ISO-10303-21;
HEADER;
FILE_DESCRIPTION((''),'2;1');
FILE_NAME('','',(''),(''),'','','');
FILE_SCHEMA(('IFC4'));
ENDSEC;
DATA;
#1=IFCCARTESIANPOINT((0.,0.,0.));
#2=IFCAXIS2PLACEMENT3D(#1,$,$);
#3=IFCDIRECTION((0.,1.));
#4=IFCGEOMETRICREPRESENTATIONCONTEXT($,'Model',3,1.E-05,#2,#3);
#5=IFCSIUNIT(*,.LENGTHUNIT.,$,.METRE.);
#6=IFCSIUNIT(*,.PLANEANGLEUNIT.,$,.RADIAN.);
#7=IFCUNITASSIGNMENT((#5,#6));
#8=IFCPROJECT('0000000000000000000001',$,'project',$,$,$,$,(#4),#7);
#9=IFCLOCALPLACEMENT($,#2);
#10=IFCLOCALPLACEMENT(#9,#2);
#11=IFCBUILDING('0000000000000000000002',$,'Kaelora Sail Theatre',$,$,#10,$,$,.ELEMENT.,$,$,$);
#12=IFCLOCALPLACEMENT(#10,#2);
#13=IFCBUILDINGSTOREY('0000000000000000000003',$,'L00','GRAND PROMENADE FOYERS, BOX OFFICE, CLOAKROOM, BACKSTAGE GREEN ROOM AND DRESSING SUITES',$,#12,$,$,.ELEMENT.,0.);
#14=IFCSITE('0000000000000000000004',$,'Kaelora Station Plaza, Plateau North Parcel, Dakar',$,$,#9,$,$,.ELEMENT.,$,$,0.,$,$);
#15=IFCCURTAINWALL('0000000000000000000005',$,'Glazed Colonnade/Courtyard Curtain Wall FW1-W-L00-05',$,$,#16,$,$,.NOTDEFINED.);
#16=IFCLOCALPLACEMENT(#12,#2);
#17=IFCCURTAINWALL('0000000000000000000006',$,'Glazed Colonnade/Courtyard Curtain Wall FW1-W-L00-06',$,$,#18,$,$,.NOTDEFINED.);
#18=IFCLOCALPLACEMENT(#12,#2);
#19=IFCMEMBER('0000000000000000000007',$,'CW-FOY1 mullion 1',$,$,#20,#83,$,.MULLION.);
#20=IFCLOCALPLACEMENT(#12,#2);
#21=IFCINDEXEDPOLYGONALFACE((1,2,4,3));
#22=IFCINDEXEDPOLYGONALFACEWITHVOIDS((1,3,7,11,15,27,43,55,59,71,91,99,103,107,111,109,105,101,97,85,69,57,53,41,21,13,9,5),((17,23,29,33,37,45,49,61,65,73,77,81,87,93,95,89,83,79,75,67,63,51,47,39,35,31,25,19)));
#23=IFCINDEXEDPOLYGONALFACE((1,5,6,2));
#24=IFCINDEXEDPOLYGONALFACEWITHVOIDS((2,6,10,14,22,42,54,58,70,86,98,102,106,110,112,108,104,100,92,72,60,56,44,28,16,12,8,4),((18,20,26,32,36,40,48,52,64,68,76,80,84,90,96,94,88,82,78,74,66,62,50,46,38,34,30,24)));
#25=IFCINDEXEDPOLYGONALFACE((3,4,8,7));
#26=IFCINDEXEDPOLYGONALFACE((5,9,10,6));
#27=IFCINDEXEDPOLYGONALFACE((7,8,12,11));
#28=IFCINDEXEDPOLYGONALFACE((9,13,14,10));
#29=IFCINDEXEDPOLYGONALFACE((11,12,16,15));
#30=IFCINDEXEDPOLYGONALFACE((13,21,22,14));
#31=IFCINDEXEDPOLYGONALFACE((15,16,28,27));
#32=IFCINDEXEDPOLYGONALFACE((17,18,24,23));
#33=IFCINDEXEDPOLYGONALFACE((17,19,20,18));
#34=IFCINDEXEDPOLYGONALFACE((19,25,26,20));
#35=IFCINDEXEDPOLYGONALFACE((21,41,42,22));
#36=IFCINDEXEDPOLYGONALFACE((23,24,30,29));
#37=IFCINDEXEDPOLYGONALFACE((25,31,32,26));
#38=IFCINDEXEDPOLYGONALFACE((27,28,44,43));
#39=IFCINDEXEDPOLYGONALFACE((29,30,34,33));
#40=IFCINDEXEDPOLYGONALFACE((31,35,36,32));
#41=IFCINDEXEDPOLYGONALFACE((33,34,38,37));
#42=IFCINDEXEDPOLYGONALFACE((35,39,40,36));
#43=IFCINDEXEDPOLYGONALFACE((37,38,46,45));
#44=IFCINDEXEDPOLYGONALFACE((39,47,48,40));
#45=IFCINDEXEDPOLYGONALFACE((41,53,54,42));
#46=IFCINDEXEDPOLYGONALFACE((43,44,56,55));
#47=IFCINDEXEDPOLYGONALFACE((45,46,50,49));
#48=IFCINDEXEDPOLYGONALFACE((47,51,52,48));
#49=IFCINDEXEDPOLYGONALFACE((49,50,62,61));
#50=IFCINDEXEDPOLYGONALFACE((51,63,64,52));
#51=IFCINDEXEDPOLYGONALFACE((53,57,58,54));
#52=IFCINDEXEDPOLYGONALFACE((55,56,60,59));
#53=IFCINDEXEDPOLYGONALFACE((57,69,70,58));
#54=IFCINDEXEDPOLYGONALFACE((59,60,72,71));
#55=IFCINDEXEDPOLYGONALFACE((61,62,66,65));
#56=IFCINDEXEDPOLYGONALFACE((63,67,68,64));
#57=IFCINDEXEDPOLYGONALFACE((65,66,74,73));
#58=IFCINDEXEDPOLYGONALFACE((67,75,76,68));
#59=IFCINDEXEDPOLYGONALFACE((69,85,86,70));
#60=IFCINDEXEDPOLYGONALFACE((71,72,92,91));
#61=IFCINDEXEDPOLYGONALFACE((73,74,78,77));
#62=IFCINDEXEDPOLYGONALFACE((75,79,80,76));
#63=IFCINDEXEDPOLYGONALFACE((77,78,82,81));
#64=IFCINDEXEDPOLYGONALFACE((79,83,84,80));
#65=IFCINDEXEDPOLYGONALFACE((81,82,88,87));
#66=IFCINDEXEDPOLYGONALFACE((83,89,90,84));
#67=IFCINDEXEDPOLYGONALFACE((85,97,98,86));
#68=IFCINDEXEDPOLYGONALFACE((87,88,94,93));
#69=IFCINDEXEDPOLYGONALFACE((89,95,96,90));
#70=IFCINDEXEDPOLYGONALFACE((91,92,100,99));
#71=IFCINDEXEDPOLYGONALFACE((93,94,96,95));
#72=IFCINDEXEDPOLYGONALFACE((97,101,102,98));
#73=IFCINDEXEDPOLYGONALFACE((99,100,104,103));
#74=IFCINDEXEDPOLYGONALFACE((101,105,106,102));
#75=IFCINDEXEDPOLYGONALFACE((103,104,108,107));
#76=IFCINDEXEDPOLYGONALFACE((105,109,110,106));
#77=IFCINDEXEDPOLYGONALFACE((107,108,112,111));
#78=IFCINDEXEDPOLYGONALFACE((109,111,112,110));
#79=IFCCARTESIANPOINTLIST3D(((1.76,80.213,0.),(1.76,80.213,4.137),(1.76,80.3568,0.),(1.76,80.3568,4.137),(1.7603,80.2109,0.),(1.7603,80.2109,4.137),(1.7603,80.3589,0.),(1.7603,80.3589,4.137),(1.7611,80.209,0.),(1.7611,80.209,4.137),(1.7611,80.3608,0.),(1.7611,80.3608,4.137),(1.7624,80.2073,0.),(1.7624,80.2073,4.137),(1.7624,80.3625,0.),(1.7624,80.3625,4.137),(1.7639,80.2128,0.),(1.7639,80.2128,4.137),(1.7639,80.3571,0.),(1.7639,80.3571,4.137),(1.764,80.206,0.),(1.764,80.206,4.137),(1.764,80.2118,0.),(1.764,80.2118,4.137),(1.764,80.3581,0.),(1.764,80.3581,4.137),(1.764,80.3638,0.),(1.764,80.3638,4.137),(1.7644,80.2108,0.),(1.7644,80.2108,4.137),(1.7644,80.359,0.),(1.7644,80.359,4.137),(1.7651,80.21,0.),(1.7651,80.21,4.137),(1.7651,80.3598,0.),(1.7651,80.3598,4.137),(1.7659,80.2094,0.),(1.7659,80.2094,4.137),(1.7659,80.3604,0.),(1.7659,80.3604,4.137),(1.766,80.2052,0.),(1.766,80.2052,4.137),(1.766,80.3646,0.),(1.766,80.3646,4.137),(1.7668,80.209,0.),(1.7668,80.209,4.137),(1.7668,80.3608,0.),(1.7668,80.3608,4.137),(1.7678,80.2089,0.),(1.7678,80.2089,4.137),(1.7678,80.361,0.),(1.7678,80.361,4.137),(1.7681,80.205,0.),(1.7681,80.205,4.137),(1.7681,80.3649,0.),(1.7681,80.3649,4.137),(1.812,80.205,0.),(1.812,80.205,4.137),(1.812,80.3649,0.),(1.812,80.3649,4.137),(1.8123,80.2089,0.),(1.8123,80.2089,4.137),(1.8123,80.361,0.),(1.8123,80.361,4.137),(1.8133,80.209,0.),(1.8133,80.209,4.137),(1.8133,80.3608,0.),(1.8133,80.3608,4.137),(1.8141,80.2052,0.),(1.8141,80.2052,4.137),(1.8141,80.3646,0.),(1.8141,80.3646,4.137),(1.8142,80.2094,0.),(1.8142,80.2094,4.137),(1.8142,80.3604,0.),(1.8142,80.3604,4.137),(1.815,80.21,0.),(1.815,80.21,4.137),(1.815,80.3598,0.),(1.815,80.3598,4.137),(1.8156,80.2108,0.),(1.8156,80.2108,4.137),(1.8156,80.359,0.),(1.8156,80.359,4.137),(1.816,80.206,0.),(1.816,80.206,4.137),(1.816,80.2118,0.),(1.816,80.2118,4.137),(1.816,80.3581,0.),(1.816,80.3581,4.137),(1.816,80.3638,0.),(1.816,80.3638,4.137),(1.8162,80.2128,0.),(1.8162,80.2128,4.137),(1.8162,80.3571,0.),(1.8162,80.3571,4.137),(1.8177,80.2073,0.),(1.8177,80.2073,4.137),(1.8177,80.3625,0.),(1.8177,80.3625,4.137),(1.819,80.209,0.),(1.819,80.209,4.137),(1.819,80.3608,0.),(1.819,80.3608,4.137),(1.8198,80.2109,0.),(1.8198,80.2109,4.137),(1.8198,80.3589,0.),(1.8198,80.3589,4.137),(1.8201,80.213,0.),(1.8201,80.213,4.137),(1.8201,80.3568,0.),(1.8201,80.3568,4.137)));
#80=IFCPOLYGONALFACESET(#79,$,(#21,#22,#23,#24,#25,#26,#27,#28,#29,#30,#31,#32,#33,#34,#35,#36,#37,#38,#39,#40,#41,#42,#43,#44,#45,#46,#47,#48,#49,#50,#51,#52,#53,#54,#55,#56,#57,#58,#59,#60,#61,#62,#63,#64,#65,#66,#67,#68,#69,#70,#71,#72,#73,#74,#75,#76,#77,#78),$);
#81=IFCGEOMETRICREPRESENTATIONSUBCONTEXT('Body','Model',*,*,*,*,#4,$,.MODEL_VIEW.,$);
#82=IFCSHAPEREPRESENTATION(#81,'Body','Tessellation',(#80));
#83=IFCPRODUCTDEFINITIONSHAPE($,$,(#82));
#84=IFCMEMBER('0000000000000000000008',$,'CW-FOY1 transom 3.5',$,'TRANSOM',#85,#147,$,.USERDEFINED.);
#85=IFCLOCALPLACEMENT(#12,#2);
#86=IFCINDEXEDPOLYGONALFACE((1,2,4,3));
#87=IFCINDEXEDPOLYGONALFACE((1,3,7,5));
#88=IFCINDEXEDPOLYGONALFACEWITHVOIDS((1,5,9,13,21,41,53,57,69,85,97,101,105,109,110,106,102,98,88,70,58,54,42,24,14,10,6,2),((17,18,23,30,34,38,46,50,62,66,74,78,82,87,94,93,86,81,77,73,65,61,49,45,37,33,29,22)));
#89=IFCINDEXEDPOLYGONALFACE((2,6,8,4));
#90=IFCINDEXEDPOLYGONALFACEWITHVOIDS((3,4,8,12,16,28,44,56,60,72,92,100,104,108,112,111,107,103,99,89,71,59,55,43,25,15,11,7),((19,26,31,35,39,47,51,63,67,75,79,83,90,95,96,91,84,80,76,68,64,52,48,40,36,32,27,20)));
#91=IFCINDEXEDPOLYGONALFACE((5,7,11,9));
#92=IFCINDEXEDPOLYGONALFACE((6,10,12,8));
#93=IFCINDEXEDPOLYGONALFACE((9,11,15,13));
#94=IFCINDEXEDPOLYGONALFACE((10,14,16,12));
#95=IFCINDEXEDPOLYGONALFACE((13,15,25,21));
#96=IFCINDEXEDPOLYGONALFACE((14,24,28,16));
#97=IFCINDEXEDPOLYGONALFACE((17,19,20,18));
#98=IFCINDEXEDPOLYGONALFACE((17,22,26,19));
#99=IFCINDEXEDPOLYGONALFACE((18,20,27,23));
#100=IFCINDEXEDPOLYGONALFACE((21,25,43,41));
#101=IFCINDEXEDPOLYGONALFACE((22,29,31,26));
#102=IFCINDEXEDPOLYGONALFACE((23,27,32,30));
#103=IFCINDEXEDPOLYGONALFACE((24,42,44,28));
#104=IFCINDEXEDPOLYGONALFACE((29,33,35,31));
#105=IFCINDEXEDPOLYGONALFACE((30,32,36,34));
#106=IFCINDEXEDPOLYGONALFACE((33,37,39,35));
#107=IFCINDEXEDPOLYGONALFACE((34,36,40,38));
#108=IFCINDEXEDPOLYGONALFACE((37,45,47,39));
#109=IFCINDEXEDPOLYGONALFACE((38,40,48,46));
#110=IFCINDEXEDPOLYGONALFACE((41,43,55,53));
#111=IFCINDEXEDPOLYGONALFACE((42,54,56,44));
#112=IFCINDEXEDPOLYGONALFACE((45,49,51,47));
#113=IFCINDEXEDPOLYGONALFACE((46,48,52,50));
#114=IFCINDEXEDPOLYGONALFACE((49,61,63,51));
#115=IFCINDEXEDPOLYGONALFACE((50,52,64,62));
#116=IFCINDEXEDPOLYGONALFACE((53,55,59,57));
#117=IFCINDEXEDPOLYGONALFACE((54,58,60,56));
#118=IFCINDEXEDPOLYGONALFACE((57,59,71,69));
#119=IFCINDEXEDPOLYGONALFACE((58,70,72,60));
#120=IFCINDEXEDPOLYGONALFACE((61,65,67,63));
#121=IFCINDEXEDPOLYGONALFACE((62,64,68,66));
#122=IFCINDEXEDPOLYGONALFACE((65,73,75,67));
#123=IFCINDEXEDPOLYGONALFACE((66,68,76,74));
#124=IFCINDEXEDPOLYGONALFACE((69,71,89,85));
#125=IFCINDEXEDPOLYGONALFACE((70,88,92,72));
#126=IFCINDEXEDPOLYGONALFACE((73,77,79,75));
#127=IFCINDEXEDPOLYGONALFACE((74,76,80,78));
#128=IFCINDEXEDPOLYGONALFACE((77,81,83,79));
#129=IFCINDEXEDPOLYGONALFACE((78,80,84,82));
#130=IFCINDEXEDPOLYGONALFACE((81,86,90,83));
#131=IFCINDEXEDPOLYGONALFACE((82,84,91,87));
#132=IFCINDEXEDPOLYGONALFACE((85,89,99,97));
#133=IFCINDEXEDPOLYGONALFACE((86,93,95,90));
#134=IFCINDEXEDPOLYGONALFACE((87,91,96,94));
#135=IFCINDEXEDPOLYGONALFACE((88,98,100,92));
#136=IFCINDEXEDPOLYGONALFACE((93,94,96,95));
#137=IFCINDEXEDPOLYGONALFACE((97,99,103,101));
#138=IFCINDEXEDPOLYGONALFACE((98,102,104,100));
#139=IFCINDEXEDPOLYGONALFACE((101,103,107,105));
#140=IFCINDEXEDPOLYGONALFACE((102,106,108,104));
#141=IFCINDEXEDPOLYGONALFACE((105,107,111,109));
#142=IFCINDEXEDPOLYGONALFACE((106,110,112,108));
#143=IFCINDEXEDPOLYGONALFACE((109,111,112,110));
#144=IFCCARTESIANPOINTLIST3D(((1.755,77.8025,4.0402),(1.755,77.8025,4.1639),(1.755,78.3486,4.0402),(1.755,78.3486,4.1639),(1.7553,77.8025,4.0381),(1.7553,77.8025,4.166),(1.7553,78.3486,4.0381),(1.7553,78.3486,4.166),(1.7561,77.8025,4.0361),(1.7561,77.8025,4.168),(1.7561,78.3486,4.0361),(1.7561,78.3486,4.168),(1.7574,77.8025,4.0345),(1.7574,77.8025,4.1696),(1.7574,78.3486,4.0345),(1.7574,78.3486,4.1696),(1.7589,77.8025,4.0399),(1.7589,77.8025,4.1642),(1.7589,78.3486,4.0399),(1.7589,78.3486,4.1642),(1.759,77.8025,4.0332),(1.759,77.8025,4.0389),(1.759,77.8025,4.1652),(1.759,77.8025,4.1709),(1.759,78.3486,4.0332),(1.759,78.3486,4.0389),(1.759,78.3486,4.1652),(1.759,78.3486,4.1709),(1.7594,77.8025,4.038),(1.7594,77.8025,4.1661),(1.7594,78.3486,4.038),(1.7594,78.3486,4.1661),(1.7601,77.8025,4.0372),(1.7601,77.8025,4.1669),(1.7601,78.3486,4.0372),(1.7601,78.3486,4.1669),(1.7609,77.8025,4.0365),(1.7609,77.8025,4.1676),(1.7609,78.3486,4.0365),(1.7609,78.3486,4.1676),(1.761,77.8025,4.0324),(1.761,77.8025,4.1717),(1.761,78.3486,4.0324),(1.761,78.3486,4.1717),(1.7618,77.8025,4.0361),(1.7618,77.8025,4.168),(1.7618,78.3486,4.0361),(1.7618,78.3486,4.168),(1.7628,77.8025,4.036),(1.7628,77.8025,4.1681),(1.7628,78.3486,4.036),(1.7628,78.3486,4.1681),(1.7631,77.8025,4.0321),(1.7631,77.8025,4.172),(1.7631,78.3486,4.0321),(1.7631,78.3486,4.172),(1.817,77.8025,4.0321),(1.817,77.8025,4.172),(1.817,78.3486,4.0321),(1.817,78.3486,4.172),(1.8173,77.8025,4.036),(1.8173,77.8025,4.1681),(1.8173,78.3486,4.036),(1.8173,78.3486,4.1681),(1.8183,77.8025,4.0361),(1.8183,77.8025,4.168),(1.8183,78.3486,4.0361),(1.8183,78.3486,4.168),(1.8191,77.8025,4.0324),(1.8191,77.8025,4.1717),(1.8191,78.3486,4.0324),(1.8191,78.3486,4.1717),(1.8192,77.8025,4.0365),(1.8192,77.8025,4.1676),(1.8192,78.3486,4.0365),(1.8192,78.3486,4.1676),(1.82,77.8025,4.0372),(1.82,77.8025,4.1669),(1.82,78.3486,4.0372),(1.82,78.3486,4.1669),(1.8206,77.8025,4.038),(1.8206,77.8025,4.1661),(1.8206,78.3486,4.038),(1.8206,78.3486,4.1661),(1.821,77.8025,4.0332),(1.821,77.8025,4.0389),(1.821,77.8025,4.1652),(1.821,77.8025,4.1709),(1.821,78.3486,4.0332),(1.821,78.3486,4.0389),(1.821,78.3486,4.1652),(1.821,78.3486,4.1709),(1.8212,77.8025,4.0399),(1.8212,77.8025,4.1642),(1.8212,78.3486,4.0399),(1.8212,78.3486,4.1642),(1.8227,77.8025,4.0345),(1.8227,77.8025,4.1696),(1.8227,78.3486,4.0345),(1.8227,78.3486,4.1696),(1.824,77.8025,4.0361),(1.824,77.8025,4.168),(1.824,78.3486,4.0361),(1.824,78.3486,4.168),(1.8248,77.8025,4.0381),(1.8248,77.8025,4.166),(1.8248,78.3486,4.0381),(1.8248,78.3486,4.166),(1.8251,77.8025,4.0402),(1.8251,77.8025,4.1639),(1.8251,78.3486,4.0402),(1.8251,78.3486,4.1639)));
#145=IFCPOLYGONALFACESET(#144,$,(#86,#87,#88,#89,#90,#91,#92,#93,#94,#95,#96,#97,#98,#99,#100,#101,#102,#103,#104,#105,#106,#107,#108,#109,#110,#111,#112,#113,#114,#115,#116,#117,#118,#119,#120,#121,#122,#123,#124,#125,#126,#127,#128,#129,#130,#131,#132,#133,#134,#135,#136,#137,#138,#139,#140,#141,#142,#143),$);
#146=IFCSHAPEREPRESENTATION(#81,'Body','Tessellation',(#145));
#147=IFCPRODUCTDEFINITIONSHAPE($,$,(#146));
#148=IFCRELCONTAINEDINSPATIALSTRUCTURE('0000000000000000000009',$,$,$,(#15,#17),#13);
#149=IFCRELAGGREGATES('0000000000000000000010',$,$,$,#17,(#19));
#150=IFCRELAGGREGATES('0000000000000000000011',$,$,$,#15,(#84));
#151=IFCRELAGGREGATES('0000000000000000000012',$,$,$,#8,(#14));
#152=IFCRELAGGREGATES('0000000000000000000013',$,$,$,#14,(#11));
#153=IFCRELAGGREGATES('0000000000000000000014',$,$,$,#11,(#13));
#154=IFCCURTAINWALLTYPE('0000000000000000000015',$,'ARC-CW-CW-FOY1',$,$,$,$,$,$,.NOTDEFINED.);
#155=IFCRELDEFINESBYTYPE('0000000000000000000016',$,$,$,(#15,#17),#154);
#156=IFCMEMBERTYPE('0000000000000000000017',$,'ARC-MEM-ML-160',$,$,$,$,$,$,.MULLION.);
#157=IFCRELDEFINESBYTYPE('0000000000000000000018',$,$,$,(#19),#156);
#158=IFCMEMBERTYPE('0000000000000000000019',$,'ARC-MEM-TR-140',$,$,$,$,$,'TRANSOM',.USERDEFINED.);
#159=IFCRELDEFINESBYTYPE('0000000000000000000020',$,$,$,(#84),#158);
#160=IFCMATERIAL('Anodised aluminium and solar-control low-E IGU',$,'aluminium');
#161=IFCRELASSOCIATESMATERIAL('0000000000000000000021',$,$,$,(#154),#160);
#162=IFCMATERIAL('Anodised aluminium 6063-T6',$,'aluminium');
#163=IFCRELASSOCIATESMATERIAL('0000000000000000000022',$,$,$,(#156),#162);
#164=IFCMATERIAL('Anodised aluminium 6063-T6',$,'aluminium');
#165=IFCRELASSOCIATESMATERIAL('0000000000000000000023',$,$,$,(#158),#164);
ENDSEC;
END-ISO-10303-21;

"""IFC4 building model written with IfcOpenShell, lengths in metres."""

from ifc_helpers import new_model, si_unit, direction, frame, origin, origin_2d, place, context, subcontext, project, spatial, hollow_rectangle, extrude, material, material_profile, profile_set, type_object, element, aggregate, save


model = new_model("IFC4")

# Units and contexts
model_context = context("Model", 3, precision=1e-05, world=origin(), true_north=direction((0.0, 1.0)))
body_context = subcontext(model_context, "Body", "Model", "MODEL_VIEW")
ifc_project = project(units=[si_unit("LENGTHUNIT", "METRE"), si_unit("PLANEANGLEUNIT", "RADIAN")], contexts=[model_context])

# Site, building, storey
site_placement = place(None, origin())
site = spatial("IfcSite", under=ifc_project, at=site_placement, Name="Kaelora Station Plaza, Plateau North Parcel, Dakar", CompositionType="ELEMENT", RefElevation=0.0)
building_placement = place(site_placement, origin())
building = spatial("IfcBuilding", under=site, at=building_placement, Name="Kaelora Sail Theatre", CompositionType="ELEMENT")
storey_placement = place(building_placement, origin())
storey = spatial("IfcBuildingStorey", under=building, at=storey_placement, Name="L00", Description="GRAND PROMENADE FOYERS, BOX OFFICE, CLOAKROOM, BACKSTAGE GREEN ROOM AND DRESSING SUITES", CompositionType="ELEMENT", Elevation=0.0)

# Curtain wall
ifc_material_1 = material(Name="Anodised aluminium and solar-control low-E IGU", Category="aluminium")
curtain_wall_type = type_object("IfcCurtainWallType", Name="ARC-CW-CW-FOY1", PredefinedType="NOTDEFINED", material=ifc_material_1)
curtain_wall_1_placement = place(storey_placement, origin())
curtain_wall_1 = element("IfcCurtainWall", 1, at=curtain_wall_1_placement, inside=storey, type_object=curtain_wall_type, Name="Glazed Colonnade/Courtyard Curtain Wall FW1-W-L00-05", PredefinedType="NOTDEFINED")
ifc_material_2 = material(Name="Anodised aluminium 6063-T6", Category="aluminium")
ifc_material_profile_1 = material_profile(ifc_material_2, hollow_rectangle(XDim=0.0601, YDim=0.1599, WallThickness=0.0039, InnerFilletRadius=0.0039, OuterFilletRadius=0.0081, at=origin_2d()), Name="ALU-MULL 60x160x4")
ifc_profile_set_1 = profile_set([ifc_material_profile_1], Name="Anodised aluminium 6063-T6")
member_type_1 = type_object("IfcMemberType", Name="ARC-MEM-ML-160", PredefinedType="MULLION", material=ifc_profile_set_1)

# Curtain wall, member
curtain_wall_2_placement = place(storey_placement, origin())
curtain_wall_2 = element("IfcCurtainWall", 2, at=curtain_wall_2_placement, inside=storey, type_object=curtain_wall_type, Name="Glazed Colonnade/Courtyard Curtain Wall FW1-W-L00-06", PredefinedType="NOTDEFINED")
member_1_placement = place(storey_placement, frame((1.79, 80.2849, 0.0), z_axis=(0.0, 0.0, 1.0), x_axis=(-1.0, 0.0, 0.0)))
member_1 = element("IfcMember", 3, at=member_1_placement, type_object=member_type_1, Name="CW-FOY1 mullion 1", PredefinedType="MULLION", context=body_context, shape_type="SweptSolid", body=[
    extrude(hollow_rectangle(XDim=0.0601, YDim=0.1599, WallThickness=0.0039, InnerFilletRadius=0.0039, OuterFilletRadius=0.0081, at=origin_2d()), origin(), (0.0, 0.0, 1.0), 4.137),
])

# Member
ifc_material_3 = material(Name="Anodised aluminium 6063-T6", Category="aluminium")
ifc_material_profile_2 = material_profile(ifc_material_3, hollow_rectangle(XDim=0.0701, YDim=0.1399, WallThickness=0.0039, InnerFilletRadius=0.0039, OuterFilletRadius=0.0081, at=origin_2d()), Name="ALU-TRAN 70x140x4")
ifc_profile_set_2 = profile_set([ifc_material_profile_2], Name="Anodised aluminium 6063-T6")
member_type_2 = type_object("IfcMemberType", Name="ARC-MEM-TR-140", ElementType="TRANSOM", PredefinedType="USERDEFINED", material=ifc_profile_set_2)
member_2_placement = place(storey_placement, frame((1.79, 77.8025, 4.1021), z_axis=(0.0, 1.0, 0.0), x_axis=(-1.0, 0.0, 0.0)))
member_2 = element("IfcMember", 4, at=member_2_placement, type_object=member_type_2, Name="CW-FOY1 transom 3.5", ObjectType="TRANSOM", PredefinedType="USERDEFINED", context=body_context, shape_type="SweptSolid", body=[
    extrude(hollow_rectangle(XDim=0.0701, YDim=0.1399, WallThickness=0.0039, InnerFilletRadius=0.0039, OuterFilletRadius=0.0081, at=origin_2d()), origin(), (0.0, 0.0, 1.0), 0.5461),
])
aggregate(curtain_wall_2, [member_1])

aggregate(curtain_wall_1, [member_2])

save(model, "model.ifc")
